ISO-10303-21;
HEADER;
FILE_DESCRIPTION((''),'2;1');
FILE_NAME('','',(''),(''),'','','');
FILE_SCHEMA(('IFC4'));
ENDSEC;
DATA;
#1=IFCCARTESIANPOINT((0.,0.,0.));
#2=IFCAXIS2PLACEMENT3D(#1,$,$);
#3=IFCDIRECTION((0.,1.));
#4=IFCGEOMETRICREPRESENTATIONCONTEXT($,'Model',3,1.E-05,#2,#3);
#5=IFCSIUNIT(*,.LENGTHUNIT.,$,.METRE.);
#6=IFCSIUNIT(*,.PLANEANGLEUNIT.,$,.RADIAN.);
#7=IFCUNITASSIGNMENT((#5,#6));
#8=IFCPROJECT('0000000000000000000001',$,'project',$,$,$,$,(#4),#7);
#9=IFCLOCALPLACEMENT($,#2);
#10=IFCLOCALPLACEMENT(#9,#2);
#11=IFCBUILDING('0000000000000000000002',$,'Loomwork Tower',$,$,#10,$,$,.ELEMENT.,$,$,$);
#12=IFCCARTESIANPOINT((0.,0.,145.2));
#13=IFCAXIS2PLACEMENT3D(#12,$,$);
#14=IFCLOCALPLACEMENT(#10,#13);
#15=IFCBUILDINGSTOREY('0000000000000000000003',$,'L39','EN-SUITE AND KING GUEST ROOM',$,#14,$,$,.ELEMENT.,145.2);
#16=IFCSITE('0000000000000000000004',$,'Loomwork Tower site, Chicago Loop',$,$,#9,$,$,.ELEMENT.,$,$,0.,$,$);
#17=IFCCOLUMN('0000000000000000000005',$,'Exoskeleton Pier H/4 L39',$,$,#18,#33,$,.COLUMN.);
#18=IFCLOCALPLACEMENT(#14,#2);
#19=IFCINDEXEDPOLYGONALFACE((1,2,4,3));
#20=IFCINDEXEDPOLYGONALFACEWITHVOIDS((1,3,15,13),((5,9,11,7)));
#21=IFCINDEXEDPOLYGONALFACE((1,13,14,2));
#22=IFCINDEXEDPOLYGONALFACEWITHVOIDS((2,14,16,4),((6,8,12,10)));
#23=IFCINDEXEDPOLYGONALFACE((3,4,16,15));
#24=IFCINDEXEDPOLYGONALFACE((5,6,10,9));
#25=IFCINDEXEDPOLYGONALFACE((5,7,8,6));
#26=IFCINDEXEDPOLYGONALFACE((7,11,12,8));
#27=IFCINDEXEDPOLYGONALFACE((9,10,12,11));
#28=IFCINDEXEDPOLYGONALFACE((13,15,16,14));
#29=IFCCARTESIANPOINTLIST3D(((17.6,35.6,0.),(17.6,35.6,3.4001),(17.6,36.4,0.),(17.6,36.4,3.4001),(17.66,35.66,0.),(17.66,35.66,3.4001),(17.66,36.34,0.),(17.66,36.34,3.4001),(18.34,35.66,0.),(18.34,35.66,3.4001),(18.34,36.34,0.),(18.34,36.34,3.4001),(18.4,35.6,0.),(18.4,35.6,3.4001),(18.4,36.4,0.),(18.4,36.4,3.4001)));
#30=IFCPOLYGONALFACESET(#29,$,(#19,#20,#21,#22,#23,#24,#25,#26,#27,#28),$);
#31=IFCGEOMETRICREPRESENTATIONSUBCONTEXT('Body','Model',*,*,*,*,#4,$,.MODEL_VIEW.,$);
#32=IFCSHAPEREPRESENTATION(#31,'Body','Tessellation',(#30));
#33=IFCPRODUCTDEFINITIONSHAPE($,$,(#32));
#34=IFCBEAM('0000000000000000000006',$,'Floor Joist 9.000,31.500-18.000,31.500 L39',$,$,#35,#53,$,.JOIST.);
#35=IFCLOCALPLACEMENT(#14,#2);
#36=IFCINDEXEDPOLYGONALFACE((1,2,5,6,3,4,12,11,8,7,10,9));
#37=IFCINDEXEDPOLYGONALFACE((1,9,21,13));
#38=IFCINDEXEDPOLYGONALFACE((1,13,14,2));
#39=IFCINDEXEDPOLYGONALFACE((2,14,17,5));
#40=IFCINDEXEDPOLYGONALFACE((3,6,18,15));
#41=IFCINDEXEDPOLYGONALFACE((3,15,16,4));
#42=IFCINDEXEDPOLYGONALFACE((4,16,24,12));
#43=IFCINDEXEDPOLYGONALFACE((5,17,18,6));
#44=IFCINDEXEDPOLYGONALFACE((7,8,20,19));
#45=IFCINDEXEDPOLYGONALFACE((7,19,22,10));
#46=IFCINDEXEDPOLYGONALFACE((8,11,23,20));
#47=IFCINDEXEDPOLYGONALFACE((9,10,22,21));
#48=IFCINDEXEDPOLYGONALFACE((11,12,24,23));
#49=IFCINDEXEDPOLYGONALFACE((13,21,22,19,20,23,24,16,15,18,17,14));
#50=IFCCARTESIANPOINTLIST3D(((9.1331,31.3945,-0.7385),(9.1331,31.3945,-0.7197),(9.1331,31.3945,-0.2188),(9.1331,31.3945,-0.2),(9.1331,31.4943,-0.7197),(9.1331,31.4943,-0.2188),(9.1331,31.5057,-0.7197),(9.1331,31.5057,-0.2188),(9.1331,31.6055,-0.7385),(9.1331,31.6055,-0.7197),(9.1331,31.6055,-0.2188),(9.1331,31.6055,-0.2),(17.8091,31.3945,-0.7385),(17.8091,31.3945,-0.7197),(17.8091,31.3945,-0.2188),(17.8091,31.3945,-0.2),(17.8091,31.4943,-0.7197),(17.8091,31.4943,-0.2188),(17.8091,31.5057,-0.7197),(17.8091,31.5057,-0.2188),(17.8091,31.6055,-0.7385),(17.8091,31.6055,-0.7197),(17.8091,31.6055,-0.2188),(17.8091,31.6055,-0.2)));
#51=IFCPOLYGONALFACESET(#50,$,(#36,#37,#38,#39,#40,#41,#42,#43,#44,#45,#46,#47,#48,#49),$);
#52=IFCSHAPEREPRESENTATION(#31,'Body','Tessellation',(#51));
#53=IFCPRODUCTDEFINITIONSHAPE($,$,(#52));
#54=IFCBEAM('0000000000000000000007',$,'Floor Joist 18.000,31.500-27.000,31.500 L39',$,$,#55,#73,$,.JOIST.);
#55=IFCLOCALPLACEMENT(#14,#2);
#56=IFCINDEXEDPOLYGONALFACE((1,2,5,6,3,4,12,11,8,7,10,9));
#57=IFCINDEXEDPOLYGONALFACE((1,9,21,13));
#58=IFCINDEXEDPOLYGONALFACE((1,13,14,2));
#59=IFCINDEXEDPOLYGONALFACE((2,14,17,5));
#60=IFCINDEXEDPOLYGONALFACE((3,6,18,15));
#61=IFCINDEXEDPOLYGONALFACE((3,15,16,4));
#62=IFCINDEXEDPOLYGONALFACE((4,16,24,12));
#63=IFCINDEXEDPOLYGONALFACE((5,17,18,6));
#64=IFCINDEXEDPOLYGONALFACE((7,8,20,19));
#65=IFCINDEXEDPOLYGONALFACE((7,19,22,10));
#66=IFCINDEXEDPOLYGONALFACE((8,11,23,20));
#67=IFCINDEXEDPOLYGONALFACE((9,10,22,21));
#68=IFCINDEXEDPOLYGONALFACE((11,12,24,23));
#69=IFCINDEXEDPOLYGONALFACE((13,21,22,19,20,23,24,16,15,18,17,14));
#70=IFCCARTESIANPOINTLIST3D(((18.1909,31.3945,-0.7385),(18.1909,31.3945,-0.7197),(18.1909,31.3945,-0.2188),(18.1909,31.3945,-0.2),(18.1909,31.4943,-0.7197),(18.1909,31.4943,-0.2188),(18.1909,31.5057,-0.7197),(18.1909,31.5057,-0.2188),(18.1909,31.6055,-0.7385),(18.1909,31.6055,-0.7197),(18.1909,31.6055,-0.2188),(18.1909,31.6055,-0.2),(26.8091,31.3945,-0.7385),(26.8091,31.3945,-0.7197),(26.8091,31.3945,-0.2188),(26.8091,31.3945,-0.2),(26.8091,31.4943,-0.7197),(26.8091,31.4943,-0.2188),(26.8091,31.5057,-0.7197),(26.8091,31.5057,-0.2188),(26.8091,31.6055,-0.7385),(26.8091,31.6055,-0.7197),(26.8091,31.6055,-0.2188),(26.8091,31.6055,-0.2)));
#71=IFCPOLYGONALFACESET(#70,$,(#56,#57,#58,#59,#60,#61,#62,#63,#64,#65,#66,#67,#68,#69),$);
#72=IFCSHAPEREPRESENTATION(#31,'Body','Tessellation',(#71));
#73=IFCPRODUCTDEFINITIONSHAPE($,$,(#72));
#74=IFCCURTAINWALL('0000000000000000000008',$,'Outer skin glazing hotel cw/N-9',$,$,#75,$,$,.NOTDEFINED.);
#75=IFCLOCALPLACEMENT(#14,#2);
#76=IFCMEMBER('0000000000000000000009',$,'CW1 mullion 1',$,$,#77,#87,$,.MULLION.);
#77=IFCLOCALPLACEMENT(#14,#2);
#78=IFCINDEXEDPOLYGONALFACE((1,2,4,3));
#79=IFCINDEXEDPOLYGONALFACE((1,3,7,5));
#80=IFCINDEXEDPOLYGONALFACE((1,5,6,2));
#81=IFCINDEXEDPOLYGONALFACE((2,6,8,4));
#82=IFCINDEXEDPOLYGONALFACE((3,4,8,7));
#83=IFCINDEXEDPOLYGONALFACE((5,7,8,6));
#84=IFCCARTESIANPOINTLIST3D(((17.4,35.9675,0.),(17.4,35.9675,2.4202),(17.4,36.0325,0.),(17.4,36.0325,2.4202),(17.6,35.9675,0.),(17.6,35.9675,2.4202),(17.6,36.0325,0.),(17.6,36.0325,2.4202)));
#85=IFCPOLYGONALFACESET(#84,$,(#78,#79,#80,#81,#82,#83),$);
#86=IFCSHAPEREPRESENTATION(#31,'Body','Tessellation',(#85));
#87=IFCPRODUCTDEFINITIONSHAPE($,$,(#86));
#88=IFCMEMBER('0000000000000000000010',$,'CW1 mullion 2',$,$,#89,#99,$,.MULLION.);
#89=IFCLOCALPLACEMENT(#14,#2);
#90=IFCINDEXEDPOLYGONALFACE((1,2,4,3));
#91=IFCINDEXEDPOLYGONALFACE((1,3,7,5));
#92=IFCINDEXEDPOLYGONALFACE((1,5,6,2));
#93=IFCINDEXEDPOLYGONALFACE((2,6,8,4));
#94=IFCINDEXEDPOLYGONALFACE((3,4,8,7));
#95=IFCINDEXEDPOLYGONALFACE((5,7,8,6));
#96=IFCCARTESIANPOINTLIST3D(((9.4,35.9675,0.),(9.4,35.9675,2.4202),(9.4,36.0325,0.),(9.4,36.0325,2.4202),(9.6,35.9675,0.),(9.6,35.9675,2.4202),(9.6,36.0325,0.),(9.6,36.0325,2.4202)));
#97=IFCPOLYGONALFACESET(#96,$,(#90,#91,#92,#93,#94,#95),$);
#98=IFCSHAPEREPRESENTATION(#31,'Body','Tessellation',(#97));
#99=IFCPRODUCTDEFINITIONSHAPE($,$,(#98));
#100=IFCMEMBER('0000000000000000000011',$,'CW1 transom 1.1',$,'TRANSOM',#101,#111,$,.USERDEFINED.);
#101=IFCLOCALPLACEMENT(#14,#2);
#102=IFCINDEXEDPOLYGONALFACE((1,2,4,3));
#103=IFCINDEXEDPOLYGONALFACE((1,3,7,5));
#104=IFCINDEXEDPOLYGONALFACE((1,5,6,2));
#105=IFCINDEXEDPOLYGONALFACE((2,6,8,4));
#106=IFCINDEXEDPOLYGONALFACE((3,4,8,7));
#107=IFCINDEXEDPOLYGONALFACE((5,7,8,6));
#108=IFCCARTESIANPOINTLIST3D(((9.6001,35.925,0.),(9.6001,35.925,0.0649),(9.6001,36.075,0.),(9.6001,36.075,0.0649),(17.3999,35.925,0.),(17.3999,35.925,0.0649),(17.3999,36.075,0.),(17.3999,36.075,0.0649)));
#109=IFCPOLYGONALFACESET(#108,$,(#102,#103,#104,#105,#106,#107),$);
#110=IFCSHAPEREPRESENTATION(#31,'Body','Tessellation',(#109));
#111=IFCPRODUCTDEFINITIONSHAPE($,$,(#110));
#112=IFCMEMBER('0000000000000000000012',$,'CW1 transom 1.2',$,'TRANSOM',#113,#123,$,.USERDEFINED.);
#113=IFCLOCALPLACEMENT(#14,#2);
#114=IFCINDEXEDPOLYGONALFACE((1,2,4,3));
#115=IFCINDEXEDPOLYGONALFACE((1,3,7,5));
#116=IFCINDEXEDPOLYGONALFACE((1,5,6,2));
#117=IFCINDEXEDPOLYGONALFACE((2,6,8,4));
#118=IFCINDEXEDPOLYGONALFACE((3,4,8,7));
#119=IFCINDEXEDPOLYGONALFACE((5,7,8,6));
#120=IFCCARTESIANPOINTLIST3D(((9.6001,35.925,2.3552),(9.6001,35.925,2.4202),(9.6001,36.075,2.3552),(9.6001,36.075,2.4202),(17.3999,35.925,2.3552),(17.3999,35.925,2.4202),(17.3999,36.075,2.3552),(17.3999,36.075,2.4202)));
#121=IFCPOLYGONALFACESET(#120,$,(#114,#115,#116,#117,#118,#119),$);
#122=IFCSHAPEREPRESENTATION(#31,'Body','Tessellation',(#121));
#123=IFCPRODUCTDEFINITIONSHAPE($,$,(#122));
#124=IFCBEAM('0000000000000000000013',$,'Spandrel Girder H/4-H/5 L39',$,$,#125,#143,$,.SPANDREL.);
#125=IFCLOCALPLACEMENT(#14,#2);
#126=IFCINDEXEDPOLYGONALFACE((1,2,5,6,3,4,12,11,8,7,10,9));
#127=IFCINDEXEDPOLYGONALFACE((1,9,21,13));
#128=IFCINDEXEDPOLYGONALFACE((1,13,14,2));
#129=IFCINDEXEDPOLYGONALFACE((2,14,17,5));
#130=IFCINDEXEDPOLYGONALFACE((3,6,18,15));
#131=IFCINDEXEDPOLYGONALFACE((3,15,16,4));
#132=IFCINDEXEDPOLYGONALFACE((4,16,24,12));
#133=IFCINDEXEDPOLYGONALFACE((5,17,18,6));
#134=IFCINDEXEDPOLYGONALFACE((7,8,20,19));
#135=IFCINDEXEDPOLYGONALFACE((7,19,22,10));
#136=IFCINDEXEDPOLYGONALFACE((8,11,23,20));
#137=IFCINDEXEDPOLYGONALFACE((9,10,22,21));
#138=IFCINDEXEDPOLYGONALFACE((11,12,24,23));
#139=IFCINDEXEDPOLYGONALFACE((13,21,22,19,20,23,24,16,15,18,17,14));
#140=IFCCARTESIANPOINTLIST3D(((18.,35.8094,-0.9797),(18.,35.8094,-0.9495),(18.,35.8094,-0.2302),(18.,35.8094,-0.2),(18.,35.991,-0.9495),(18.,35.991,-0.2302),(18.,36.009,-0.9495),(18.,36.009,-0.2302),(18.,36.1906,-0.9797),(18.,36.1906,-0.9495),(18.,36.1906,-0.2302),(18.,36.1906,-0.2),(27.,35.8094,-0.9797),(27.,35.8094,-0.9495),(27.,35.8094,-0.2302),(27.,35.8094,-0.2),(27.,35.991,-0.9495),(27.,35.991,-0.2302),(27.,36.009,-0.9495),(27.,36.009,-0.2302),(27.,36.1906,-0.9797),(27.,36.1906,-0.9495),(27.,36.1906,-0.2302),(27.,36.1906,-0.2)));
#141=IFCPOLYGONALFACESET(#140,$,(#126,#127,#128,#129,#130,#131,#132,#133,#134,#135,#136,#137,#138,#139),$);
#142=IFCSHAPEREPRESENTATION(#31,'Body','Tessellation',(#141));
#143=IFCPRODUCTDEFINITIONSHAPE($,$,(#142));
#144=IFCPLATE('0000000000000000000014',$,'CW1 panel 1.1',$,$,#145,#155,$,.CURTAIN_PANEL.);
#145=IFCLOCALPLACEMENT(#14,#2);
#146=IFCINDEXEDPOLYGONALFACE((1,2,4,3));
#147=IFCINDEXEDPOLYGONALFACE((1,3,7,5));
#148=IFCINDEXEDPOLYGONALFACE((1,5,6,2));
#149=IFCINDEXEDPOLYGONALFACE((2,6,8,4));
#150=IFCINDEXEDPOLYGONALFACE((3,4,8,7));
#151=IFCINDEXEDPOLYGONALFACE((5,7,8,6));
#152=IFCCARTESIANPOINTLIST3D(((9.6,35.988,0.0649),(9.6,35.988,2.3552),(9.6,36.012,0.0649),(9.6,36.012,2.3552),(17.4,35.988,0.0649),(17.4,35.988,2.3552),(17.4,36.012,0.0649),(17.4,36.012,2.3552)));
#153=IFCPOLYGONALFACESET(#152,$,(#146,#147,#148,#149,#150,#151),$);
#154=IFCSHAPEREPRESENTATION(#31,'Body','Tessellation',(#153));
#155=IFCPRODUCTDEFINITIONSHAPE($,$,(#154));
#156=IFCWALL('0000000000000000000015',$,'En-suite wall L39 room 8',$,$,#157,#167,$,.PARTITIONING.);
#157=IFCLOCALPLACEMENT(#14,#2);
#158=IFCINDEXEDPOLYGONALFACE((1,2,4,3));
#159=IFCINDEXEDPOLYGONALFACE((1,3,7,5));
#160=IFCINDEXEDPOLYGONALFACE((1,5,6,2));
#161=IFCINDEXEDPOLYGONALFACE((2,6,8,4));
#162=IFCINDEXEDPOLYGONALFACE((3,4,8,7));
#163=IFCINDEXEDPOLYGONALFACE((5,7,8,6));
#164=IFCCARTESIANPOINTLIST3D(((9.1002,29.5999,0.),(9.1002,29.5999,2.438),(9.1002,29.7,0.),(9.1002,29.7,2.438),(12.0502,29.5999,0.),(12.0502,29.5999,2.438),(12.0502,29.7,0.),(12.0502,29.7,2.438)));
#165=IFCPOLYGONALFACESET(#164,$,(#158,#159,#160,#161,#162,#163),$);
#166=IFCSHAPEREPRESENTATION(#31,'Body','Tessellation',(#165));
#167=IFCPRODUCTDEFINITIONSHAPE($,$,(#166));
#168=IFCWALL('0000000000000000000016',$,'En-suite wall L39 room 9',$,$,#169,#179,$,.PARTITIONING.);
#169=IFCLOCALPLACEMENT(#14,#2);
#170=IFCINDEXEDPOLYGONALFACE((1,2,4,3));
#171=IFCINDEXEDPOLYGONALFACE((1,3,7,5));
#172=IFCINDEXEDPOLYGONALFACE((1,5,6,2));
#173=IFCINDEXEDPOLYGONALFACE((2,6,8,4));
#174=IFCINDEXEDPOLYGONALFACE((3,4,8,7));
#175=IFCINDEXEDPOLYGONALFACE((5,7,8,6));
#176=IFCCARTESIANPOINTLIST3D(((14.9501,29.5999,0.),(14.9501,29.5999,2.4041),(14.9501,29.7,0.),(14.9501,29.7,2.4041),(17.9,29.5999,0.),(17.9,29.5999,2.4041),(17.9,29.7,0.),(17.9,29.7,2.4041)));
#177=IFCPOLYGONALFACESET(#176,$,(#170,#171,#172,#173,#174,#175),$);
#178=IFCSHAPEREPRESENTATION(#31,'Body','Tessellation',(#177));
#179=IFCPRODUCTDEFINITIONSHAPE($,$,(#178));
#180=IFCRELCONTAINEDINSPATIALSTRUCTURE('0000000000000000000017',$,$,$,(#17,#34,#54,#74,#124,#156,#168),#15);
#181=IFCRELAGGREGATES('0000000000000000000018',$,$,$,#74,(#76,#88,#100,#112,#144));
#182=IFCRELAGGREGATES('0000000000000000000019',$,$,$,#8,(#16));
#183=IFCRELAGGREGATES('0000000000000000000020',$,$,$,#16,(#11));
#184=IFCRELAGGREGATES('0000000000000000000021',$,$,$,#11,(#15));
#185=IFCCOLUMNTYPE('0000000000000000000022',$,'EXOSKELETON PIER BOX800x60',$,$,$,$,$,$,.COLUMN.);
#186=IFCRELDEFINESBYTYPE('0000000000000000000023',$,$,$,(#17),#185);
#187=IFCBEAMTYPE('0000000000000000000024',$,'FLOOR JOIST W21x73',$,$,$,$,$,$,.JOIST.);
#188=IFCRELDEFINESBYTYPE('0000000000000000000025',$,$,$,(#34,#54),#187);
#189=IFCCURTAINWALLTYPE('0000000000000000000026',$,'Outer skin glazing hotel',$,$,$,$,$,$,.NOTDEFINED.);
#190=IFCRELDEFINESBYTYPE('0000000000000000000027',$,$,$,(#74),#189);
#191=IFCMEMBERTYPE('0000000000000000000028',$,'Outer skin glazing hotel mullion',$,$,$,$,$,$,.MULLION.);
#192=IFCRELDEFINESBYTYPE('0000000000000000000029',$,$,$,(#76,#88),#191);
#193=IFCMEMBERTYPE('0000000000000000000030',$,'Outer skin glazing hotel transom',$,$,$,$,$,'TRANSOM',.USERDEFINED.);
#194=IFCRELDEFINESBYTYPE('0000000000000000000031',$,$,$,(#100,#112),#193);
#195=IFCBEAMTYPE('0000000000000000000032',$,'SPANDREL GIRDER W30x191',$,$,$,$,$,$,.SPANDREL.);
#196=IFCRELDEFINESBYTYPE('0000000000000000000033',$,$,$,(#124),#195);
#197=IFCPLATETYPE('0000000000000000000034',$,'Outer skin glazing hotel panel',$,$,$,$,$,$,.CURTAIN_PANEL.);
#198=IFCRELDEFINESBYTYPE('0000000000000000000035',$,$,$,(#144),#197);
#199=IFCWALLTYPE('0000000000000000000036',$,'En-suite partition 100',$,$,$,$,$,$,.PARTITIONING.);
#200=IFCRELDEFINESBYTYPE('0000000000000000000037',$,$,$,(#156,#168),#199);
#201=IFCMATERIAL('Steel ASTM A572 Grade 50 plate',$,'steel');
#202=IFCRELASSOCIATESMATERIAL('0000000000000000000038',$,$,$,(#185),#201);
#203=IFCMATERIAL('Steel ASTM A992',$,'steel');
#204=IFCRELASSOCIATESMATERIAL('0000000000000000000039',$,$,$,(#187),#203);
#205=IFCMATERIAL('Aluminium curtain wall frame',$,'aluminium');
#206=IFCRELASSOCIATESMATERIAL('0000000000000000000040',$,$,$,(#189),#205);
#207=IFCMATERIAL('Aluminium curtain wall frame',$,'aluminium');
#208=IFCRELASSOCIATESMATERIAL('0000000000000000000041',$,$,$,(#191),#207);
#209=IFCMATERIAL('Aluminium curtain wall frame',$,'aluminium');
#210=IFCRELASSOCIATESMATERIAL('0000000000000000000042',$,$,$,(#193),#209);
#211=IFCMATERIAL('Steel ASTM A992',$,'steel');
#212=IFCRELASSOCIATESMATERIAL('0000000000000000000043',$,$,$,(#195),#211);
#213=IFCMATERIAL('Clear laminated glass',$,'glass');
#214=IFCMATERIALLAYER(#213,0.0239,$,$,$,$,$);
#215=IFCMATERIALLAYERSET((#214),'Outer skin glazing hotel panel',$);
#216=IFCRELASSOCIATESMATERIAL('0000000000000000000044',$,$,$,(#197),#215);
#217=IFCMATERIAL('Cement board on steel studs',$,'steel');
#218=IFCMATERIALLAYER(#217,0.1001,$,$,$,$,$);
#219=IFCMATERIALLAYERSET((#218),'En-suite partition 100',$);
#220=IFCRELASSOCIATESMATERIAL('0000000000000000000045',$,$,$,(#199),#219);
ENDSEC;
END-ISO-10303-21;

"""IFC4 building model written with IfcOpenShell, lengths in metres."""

from ifc_helpers import new_model, si_unit, direction, frame, frame_2d, origin, origin_2d, place, context, subcontext, project, spatial, rectangle, hollow_rectangle, i_section, extrude, material, layer, layer_set, material_profile, profile_set, type_object, element, aggregate, save


model = new_model("IFC4")

# Units and contexts
model_context = context("Model", 3, precision=1e-05, world=origin(), true_north=direction((0.0, 1.0)))
body_context = subcontext(model_context, "Body", "Model", "MODEL_VIEW")
ifc_project = project(units=[si_unit("LENGTHUNIT", "METRE"), si_unit("PLANEANGLEUNIT", "RADIAN")], contexts=[model_context])

# Site, building, storey
site_placement = place(None, origin())
site = spatial("IfcSite", under=ifc_project, at=site_placement, Name="Loomwork Tower site, Chicago Loop", CompositionType="ELEMENT", RefElevation=0.0)
building_placement = place(site_placement, origin())
building = spatial("IfcBuilding", under=site, at=building_placement, Name="Loomwork Tower", CompositionType="ELEMENT")
storey_placement = place(building_placement, frame((0.0, 0.0, 145.2)))
storey = spatial("IfcBuildingStorey", under=building, at=storey_placement, Name="L39", Description="EN-SUITE AND KING GUEST ROOM", CompositionType="ELEMENT", Elevation=145.2)

# Column
ifc_material_1 = material(Name="Steel ASTM A572 Grade 50 plate", Category="steel")
ifc_material_profile_1 = material_profile(ifc_material_1, hollow_rectangle(XDim=0.8, YDim=0.8, WallThickness=0.0601, at=origin_2d()), Name="BOX800x60")
ifc_profile_set_1 = profile_set([ifc_material_profile_1], Name="Steel ASTM A572 Grade 50 plate")
column_type = type_object("IfcColumnType", Name="EXOSKELETON PIER BOX800x60", PredefinedType="COLUMN", material=ifc_profile_set_1)
column_placement = place(storey_placement, frame((18.0, 36.0, 0.0), z_axis=(0.0, 0.0, 1.0), x_axis=(1.0, 0.0, 0.0)))
element("IfcColumn", 1, at=column_placement, inside=storey, type_object=column_type, Name="Exoskeleton Pier H/4 L39", PredefinedType="COLUMN", context=body_context, shape_type="SweptSolid", body=[
    extrude(hollow_rectangle(XDim=0.8, YDim=0.8, WallThickness=0.0601, at=origin_2d()), origin(), (0.0, 0.0, 1.0), 3.4001),
])

# Beams
ifc_material_2 = material(Name="Steel ASTM A992", Category="steel")
ifc_material_profile_2 = material_profile(ifc_material_2, i_section(OverallWidth=0.2109, OverallDepth=0.5386, WebThickness=0.0115, FlangeThickness=0.0188, at=origin_2d()), Name="W21x73")
ifc_profile_set_2 = profile_set([ifc_material_profile_2], Name="Steel ASTM A992")
beam_type_1 = type_object("IfcBeamType", Name="FLOOR JOIST W21x73", PredefinedType="JOIST", material=ifc_profile_set_2)
beam_1_placement = place(storey_placement, frame((9.1331, 31.5, -0.4692), z_axis=(1.0, 0.0, 0.0), x_axis=(0.0, 1.0, 0.0)))
element("IfcBeam", 2, at=beam_1_placement, inside=storey, type_object=beam_type_1, Name="Floor Joist 9.000,31.500-18.000,31.500 L39", PredefinedType="JOIST", context=body_context, shape_type="SweptSolid", body=[
    extrude(i_section(OverallWidth=0.2109, OverallDepth=0.5386, WebThickness=0.0115, FlangeThickness=0.0188, at=origin_2d()), origin(), (0.0, 0.0, 1.0), 8.676),
])
beam_2_placement = place(storey_placement, frame((18.1909, 31.5, -0.4692), z_axis=(1.0, 0.0, 0.0), x_axis=(0.0, 1.0, 0.0)))
element("IfcBeam", 3, at=beam_2_placement, inside=storey, type_object=beam_type_1, Name="Floor Joist 18.000,31.500-27.000,31.500 L39", PredefinedType="JOIST", context=body_context, shape_type="SweptSolid", body=[
    extrude(i_section(OverallWidth=0.2109, OverallDepth=0.5386, WebThickness=0.0115, FlangeThickness=0.0188, at=origin_2d()), origin(), (0.0, 0.0, 1.0), 8.6182),
])

# Curtain wall, members
ifc_material_3 = material(Name="Aluminium curtain wall frame", Category="aluminium")
curtain_wall_type = type_object("IfcCurtainWallType", Name="Outer skin glazing hotel", PredefinedType="NOTDEFINED", material=ifc_material_3)
curtain_wall_placement = place(storey_placement, origin())
curtain_wall = element("IfcCurtainWall", 4, at=curtain_wall_placement, inside=storey, type_object=curtain_wall_type, Name="Outer skin glazing hotel cw/N-9", PredefinedType="NOTDEFINED")
ifc_material_4 = material(Name="Aluminium curtain wall frame", Category="aluminium")
ifc_material_profile_3 = material_profile(ifc_material_4, rectangle(XDim=0.0649, YDim=0.2, at=origin_2d()), Name="AL 65x200")
ifc_profile_set_3 = profile_set([ifc_material_profile_3], Name="Aluminium curtain wall frame")
member_type_1 = type_object("IfcMemberType", Name="Outer skin glazing hotel mullion", PredefinedType="MULLION", material=ifc_profile_set_3)
member_1_placement = place(storey_placement, frame((17.5, 36.0, 0.0), z_axis=(0.0, 0.0, 1.0), x_axis=(0.0, -1.0, 0.0)))
member_1 = element("IfcMember", 5, at=member_1_placement, type_object=member_type_1, Name="CW1 mullion 1", PredefinedType="MULLION", context=body_context, shape_type="SweptSolid", body=[
    extrude(rectangle(XDim=0.0649, YDim=0.2, at=origin_2d()), origin(), (0.0, 0.0, 1.0), 2.4202),
])
member_2_placement = place(storey_placement, frame((9.5, 36.0, 0.0), z_axis=(0.0, 0.0, 1.0), x_axis=(0.0, -1.0, 0.0)))
member_2 = element("IfcMember", 6, at=member_2_placement, type_object=member_type_1, Name="CW1 mullion 2", PredefinedType="MULLION", context=body_context, shape_type="SweptSolid", body=[
    extrude(rectangle(XDim=0.0649, YDim=0.2, at=origin_2d()), origin(), (0.0, 0.0, 1.0), 2.4202),
])
ifc_material_5 = material(Name="Aluminium curtain wall frame", Category="aluminium")
ifc_material_profile_4 = material_profile(ifc_material_5, rectangle(XDim=0.1499, YDim=0.0649, at=origin_2d()), Name="AL 65x150")
ifc_profile_set_4 = profile_set([ifc_material_profile_4], Name="Aluminium curtain wall frame")
member_type_2 = type_object("IfcMemberType", Name="Outer skin glazing hotel transom", ElementType="TRANSOM", PredefinedType="USERDEFINED", material=ifc_profile_set_4)
member_3_placement = place(storey_placement, frame((17.3999, 36.0, 0.0325), z_axis=(-1.0, 0.0, 0.0), x_axis=(0.0, -1.0, 0.0)))
member_3 = element("IfcMember", 7, at=member_3_placement, type_object=member_type_2, Name="CW1 transom 1.1", ObjectType="TRANSOM", PredefinedType="USERDEFINED", context=body_context, shape_type="SweptSolid", body=[
    extrude(rectangle(XDim=0.1499, YDim=0.0649, at=origin_2d()), origin(), (0.0, 0.0, 1.0), 7.7998),
])
member_4_placement = place(storey_placement, frame((17.3999, 36.0, 2.3877), z_axis=(-1.0, 0.0, 0.0), x_axis=(0.0, -1.0, 0.0)))
member_4 = element("IfcMember", 8, at=member_4_placement, type_object=member_type_2, Name="CW1 transom 1.2", ObjectType="TRANSOM", PredefinedType="USERDEFINED", context=body_context, shape_type="SweptSolid", body=[
    extrude(rectangle(XDim=0.1499, YDim=0.0649, at=origin_2d()), origin(), (0.0, 0.0, 1.0), 7.7998),
])

# Beam
ifc_material_6 = material(Name="Steel ASTM A992", Category="steel")
ifc_material_profile_5 = material_profile(ifc_material_6, i_section(OverallWidth=0.3811, OverallDepth=0.7798, WebThickness=0.0181, FlangeThickness=0.0303, at=origin_2d()), Name="W30x191")
ifc_profile_set_5 = profile_set([ifc_material_profile_5], Name="Steel ASTM A992")
beam_type_2 = type_object("IfcBeamType", Name="SPANDREL GIRDER W30x191", PredefinedType="SPANDREL", material=ifc_profile_set_5)
beam_3_placement = place(storey_placement, frame((18.0, 36.0, -0.5898), z_axis=(1.0, 0.0, 0.0), x_axis=(0.0, 1.0, 0.0)))
element("IfcBeam", 9, at=beam_3_placement, inside=storey, type_object=beam_type_2, Name="Spandrel Girder H/4-H/5 L39", PredefinedType="SPANDREL", context=body_context, shape_type="SweptSolid", body=[
    extrude(i_section(OverallWidth=0.3811, OverallDepth=0.7798, WebThickness=0.0181, FlangeThickness=0.0303, at=origin_2d()), origin(), (0.0, 0.0, 1.0), 9.0),
])

# Plate
ifc_material_7 = material(Name="Clear laminated glass", Category="glass")
ifc_layer_1 = layer(ifc_material_7, 0.0239)
ifc_layer_set_1 = layer_set([ifc_layer_1], Name="Outer skin glazing hotel panel")
plate_type = type_object("IfcPlateType", Name="Outer skin glazing hotel panel", PredefinedType="CURTAIN_PANEL", material=ifc_layer_set_1)
plate_placement = place(storey_placement, frame((13.5, 36.0, 0.0649), z_axis=(0.0, 0.0, 1.0), x_axis=(-1.0, 0.0, 0.0)))
plate = element("IfcPlate", 10, at=plate_placement, type_object=plate_type, Name="CW1 panel 1.1", PredefinedType="CURTAIN_PANEL", context=body_context, shape_type="SweptSolid", body=[
    extrude(rectangle(XDim=7.8, YDim=0.0239, at=origin_2d()), origin(), (0.0, 0.0, 1.0), 2.2903),
])
aggregate(curtain_wall, [member_1, member_2, member_3, member_4, plate])

# Walls
ifc_material_8 = material(Name="Cement board on steel studs", Category="steel")
ifc_layer_2 = layer(ifc_material_8, 0.1001)
ifc_layer_set_2 = layer_set([ifc_layer_2], Name="En-suite partition 100")
wall_type_1 = type_object("IfcWallType", Name="En-suite partition 100", PredefinedType="PARTITIONING", material=ifc_layer_set_2)
wall_1_placement = place(storey_placement, frame((9.1001, 29.6499, 0.0), z_axis=(0.0, 0.0, 1.0), x_axis=(1.0, 0.0, 0.0)))
element("IfcWall", 11, at=wall_1_placement, inside=storey, type_object=wall_type_1, Name="En-suite wall L39 room 8", PredefinedType="PARTITIONING", context=body_context, shape_type="SweptSolid", body=[
    extrude(rectangle(XDim=2.95, YDim=0.1001, at=frame_2d((1.4751, 0.0))), origin(), (0.0, 0.0, 1.0), 2.438),
])
for number, where, z_axis, x_axis, name in (
    (12, (14.95, 29.6499, 0.0), (0.0, 0.0, 1.0), (1.0, 0.0, 0.0), "En-suite wall L39 room 9"),
):
    element("IfcWall", number, at=place(storey_placement, frame(where, z_axis=z_axis, x_axis=x_axis)), inside=storey, type_object=wall_type_1, Name=name, PredefinedType="PARTITIONING", context=body_context, shape_type="SweptSolid", body=[
        extrude(rectangle(XDim=2.95, YDim=0.1001, at=frame_2d((1.4751, 0.0))), origin(), (0.0, 0.0, 1.0), 2.4041),
    ])

save(model, "model.ifc")
